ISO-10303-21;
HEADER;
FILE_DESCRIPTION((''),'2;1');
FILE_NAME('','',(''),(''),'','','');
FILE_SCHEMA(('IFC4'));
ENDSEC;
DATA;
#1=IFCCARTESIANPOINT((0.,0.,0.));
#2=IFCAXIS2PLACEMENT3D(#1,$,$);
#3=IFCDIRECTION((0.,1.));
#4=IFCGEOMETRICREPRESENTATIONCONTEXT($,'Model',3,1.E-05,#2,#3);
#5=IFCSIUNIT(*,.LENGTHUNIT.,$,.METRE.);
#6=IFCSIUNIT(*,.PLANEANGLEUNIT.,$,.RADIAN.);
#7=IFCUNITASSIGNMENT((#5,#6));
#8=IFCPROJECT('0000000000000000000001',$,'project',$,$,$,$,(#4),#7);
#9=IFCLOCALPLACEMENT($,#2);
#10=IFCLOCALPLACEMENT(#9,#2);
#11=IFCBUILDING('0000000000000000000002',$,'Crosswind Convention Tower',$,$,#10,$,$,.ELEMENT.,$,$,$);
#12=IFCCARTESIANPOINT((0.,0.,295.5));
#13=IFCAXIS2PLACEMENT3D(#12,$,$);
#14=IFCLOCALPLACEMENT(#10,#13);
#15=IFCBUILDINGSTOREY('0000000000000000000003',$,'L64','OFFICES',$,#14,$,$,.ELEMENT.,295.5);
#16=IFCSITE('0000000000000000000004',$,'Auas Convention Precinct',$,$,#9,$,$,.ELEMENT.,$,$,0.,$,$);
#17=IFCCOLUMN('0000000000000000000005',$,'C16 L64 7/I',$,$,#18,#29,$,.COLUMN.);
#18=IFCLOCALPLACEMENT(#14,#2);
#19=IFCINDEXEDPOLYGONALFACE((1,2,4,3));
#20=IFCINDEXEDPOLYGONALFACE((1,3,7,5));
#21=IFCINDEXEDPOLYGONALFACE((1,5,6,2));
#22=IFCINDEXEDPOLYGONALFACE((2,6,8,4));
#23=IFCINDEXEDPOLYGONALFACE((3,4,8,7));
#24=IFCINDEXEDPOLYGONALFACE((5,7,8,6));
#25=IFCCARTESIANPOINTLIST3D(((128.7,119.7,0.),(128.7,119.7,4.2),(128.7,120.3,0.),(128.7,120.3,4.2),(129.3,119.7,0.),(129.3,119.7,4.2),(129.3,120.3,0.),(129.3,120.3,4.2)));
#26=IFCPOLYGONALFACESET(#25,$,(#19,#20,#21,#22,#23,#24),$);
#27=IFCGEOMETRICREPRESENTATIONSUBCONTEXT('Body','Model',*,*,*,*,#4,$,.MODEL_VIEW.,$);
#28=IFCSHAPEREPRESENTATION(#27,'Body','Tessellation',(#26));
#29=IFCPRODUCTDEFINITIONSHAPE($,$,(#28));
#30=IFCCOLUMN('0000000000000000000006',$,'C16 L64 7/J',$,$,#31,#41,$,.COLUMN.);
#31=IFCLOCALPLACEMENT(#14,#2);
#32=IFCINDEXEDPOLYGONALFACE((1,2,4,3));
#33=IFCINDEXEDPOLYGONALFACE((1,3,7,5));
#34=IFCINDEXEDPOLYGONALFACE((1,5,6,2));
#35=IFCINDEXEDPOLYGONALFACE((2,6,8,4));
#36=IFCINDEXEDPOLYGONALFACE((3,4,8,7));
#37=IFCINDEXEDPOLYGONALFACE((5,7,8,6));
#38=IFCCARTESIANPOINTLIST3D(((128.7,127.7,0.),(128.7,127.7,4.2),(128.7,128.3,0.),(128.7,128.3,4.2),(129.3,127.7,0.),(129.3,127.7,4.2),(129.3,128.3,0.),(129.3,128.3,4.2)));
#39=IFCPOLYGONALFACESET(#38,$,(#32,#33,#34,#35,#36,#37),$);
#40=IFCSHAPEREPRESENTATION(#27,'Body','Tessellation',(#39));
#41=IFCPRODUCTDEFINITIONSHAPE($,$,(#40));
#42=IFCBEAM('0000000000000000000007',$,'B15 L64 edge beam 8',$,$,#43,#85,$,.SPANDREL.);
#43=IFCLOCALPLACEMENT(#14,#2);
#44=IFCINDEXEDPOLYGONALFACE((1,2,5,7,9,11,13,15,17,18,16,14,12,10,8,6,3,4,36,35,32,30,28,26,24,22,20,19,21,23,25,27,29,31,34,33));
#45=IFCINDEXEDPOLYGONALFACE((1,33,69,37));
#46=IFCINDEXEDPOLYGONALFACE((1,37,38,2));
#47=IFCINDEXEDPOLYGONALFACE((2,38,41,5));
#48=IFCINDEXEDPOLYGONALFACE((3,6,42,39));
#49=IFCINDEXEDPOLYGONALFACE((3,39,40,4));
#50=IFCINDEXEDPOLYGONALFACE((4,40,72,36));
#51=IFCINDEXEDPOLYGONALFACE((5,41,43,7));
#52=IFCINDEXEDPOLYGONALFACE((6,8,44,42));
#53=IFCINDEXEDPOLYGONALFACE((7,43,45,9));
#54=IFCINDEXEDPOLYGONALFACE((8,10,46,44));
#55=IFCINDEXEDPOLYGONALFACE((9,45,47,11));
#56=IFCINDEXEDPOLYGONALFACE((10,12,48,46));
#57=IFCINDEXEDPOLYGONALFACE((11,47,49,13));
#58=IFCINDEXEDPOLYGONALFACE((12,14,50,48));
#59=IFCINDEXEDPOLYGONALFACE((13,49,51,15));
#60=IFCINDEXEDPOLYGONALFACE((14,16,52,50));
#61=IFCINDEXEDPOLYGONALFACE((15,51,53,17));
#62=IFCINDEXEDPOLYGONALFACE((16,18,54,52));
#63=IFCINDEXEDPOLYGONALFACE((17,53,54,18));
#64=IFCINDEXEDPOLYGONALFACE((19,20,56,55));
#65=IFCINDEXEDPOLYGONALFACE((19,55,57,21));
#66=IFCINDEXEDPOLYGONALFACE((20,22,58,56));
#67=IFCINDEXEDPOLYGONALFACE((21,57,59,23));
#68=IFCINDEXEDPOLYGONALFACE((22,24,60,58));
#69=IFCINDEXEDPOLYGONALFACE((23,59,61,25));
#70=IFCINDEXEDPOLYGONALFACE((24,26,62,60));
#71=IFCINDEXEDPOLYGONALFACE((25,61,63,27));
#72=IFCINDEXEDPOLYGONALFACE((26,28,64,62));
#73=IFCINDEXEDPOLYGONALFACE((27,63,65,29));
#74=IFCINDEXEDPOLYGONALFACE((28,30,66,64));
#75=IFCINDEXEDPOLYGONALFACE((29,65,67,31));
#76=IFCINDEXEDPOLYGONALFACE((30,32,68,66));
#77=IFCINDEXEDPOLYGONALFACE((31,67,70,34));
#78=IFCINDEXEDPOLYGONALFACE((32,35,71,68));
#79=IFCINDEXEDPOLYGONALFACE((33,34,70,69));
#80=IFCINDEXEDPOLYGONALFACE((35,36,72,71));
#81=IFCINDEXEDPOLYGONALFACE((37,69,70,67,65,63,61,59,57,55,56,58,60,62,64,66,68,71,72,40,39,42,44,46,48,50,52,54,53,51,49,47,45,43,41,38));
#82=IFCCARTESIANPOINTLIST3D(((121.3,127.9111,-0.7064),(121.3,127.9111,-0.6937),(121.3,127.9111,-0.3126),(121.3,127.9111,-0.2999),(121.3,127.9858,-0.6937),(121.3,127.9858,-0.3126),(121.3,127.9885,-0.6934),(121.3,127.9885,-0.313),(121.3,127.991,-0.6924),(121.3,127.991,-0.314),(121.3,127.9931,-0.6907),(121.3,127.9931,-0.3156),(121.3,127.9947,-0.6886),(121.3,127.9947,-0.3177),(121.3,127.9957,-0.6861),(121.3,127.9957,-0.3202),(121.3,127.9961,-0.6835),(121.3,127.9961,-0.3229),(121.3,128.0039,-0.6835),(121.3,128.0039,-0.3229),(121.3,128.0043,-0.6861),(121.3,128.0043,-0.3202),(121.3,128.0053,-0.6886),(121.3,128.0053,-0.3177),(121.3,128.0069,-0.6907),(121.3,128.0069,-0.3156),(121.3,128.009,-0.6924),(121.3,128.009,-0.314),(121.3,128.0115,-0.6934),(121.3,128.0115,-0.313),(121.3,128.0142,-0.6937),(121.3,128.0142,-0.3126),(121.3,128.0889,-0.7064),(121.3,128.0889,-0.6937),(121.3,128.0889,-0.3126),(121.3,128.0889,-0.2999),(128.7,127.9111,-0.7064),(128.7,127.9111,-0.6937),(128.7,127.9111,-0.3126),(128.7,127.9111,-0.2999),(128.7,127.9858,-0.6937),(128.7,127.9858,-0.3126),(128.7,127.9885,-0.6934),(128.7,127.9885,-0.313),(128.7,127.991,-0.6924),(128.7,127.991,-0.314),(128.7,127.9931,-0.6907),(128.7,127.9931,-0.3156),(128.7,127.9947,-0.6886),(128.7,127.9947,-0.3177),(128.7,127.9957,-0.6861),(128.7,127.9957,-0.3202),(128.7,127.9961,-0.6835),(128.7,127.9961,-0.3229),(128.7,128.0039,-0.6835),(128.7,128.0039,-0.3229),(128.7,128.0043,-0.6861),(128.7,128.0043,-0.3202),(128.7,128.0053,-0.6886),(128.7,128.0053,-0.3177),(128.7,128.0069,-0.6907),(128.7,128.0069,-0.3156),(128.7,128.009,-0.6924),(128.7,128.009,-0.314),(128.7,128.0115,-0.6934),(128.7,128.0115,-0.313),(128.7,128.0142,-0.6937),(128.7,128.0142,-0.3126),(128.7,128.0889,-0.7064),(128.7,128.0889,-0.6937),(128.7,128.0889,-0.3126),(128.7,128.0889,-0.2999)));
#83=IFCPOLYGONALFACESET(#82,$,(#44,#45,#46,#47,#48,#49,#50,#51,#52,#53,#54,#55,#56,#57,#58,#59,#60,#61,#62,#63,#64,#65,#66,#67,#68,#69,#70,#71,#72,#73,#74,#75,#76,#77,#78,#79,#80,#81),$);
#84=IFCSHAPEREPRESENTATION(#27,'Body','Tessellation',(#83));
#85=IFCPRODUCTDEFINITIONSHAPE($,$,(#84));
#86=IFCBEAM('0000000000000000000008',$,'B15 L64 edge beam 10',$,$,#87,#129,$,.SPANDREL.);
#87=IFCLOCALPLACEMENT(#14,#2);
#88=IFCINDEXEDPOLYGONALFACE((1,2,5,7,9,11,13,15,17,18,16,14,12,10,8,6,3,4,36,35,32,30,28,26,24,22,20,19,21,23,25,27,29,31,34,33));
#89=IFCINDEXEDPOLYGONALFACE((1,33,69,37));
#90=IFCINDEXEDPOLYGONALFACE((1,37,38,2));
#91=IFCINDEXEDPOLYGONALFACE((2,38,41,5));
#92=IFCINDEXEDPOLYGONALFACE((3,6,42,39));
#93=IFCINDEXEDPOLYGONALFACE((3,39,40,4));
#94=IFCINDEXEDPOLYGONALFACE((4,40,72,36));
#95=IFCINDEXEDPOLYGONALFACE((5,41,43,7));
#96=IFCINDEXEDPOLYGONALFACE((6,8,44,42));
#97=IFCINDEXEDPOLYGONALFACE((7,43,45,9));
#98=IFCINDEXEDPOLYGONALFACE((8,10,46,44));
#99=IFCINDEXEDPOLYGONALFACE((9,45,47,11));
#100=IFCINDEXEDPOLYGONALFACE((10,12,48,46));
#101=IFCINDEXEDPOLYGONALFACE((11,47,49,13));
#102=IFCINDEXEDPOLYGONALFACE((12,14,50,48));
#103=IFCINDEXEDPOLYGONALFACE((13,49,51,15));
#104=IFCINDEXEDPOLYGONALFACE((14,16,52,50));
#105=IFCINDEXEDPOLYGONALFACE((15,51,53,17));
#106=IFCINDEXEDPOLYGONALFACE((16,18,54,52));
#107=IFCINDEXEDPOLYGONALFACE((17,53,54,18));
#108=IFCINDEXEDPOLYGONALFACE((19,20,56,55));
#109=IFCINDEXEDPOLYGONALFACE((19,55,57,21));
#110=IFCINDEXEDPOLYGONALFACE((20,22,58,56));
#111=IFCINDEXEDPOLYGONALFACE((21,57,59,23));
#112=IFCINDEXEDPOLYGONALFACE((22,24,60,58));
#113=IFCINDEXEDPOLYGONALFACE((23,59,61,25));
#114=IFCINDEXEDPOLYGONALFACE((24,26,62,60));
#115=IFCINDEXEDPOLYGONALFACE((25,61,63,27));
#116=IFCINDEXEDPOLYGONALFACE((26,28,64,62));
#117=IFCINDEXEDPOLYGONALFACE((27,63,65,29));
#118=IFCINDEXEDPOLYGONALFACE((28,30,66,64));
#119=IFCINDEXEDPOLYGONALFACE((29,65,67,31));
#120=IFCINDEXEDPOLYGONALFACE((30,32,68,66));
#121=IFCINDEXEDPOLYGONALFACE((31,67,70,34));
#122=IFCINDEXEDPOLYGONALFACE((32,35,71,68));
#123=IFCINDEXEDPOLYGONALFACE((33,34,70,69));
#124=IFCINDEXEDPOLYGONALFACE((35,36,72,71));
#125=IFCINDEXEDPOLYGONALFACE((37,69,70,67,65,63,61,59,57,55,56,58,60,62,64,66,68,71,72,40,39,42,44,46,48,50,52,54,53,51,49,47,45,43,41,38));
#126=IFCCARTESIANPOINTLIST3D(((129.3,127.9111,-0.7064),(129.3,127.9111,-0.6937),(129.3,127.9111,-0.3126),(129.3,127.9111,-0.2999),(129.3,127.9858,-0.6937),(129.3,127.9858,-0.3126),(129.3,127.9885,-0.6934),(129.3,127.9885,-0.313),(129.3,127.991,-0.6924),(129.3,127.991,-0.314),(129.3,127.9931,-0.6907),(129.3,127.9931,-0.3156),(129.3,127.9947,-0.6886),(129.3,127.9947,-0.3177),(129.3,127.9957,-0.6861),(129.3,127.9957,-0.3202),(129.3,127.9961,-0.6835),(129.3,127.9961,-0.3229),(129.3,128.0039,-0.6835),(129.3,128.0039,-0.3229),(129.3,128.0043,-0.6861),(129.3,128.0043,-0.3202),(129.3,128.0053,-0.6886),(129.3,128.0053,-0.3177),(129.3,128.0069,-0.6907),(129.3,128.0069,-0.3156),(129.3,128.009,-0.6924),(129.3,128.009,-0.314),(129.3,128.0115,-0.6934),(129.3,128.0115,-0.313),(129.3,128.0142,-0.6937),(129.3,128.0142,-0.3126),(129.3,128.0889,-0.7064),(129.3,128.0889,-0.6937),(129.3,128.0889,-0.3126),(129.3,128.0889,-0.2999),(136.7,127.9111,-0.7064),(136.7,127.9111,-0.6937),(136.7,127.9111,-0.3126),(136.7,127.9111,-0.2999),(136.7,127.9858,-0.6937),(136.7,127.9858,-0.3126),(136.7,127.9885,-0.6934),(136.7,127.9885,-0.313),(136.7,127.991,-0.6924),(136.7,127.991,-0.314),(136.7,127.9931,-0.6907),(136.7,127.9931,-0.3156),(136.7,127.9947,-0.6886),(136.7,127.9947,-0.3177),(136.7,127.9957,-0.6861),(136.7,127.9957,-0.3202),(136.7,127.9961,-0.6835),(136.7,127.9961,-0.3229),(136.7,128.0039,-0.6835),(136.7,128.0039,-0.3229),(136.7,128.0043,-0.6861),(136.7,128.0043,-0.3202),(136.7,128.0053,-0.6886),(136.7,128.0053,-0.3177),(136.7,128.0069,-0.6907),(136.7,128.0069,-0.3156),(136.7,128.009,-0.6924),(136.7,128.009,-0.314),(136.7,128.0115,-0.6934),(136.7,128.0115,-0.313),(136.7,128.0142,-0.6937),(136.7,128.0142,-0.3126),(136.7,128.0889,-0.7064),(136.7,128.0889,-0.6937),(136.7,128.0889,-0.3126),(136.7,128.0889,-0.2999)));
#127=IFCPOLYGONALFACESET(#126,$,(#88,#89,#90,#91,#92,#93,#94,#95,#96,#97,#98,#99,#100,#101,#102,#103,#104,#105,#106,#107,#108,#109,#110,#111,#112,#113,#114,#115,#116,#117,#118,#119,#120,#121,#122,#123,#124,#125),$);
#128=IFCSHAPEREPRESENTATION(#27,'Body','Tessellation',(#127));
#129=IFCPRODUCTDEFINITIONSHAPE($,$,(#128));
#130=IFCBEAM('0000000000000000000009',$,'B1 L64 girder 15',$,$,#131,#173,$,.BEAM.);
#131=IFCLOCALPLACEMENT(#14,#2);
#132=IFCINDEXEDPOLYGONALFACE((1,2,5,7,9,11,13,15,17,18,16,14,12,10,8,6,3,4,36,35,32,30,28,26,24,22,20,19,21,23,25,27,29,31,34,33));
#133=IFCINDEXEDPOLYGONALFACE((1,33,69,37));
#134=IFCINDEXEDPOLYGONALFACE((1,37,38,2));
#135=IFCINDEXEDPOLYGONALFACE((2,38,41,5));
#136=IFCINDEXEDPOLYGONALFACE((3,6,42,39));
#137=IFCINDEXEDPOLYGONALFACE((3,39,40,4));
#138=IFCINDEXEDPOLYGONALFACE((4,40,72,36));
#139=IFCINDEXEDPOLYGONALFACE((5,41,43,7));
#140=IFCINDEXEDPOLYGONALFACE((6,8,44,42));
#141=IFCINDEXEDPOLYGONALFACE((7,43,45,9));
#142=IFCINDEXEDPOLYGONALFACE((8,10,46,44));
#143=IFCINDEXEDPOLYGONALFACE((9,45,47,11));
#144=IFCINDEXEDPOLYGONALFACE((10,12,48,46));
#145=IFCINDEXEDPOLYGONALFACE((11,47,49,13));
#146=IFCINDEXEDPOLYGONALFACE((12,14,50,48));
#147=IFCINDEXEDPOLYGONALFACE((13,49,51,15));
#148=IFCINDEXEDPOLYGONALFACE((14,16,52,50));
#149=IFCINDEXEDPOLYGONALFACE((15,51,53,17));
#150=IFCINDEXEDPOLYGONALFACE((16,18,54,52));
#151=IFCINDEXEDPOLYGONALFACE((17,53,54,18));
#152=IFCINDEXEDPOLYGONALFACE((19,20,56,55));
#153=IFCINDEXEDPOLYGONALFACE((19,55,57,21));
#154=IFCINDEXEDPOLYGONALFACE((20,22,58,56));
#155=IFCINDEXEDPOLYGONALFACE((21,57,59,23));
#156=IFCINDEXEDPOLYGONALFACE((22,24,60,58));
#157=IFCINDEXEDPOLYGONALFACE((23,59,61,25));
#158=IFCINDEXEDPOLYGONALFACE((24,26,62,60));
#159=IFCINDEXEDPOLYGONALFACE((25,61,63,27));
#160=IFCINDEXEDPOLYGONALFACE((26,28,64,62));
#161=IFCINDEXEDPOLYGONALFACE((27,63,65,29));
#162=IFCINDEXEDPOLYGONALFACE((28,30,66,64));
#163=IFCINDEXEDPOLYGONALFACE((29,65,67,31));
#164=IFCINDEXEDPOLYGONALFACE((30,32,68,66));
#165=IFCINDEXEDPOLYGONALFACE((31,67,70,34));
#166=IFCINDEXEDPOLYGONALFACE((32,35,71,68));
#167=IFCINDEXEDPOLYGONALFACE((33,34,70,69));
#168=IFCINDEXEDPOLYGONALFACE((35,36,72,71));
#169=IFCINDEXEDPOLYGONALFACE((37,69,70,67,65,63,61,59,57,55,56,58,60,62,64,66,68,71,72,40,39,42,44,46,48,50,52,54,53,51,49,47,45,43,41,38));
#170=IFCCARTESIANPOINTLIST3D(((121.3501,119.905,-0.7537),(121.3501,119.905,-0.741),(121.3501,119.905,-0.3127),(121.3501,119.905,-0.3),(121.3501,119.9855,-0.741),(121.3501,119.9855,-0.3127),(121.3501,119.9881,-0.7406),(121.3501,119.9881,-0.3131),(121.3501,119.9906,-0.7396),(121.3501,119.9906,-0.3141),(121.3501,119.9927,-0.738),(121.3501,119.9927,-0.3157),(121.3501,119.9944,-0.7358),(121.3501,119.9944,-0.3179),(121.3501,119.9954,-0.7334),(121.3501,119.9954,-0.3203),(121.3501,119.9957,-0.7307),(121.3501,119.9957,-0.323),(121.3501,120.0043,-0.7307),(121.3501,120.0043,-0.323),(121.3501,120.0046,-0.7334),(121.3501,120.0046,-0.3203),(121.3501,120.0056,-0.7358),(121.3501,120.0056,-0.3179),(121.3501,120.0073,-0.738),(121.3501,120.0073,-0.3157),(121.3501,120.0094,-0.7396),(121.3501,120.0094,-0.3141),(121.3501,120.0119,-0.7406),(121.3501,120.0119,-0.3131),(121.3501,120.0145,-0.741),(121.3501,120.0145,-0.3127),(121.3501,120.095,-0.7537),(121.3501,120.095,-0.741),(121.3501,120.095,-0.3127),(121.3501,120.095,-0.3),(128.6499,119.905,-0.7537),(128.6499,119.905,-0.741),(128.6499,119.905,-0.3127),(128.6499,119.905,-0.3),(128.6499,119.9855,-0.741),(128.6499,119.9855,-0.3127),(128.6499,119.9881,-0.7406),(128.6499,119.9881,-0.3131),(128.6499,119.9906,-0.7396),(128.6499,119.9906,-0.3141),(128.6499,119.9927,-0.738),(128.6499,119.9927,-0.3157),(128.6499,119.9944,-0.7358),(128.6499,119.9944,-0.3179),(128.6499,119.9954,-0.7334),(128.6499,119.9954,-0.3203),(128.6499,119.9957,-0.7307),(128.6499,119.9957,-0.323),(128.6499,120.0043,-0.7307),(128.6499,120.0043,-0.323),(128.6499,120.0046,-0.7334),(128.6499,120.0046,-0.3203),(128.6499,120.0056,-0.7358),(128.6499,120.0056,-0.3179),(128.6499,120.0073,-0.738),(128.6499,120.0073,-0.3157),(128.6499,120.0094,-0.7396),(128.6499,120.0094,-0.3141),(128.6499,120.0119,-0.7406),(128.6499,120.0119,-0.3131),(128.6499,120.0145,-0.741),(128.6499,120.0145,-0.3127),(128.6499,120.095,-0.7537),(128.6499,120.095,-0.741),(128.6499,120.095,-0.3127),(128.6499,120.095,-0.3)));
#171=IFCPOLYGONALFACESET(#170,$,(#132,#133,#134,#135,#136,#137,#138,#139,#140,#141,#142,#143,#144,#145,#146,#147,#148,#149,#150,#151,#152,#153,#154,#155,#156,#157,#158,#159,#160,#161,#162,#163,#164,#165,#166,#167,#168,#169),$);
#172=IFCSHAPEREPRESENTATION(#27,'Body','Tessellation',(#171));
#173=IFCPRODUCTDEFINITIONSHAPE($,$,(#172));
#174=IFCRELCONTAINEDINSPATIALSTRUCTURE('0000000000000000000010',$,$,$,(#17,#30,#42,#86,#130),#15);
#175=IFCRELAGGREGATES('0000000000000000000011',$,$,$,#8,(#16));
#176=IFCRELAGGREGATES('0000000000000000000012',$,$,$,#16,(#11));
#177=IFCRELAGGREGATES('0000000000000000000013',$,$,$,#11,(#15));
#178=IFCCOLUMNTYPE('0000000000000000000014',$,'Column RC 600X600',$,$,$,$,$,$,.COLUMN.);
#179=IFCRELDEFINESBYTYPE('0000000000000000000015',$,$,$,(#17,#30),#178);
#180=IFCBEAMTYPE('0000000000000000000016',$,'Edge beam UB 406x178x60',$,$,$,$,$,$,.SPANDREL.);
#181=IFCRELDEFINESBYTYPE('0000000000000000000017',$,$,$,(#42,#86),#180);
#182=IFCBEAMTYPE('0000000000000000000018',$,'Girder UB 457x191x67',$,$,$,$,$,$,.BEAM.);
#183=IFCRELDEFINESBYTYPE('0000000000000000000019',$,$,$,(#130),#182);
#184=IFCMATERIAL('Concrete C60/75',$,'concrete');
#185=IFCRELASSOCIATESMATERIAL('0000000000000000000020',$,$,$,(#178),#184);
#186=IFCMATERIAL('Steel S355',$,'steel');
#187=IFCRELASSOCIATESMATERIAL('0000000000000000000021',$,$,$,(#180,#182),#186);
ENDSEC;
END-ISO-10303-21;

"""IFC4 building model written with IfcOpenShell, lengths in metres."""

from ifc_helpers import new_model, si_unit, direction, frame, origin, origin_2d, place, context, subcontext, project, spatial, rectangle, i_section, extrude, material, material_profile, profile_set, type_object, element, save


model = new_model("IFC4")

# Units and contexts
model_context = context("Model", 3, precision=1e-05, world=origin(), true_north=direction((0.0, 1.0)))
body_context = subcontext(model_context, "Body", "Model", "MODEL_VIEW")
ifc_project = project(units=[si_unit("LENGTHUNIT", "METRE"), si_unit("PLANEANGLEUNIT", "RADIAN")], contexts=[model_context])

# Site, building, storey
site_placement = place(None, origin())
site = spatial("IfcSite", under=ifc_project, at=site_placement, Name="Auas Convention Precinct", CompositionType="ELEMENT", RefElevation=0.0)
building_placement = place(site_placement, origin())
building = spatial("IfcBuilding", under=site, at=building_placement, Name="Crosswind Convention Tower", CompositionType="ELEMENT")
storey_placement = place(building_placement, frame((0.0, 0.0, 295.5)))
storey = spatial("IfcBuildingStorey", under=building, at=storey_placement, Name="L64", Description="OFFICES", CompositionType="ELEMENT", Elevation=295.5)

# Columns
ifc_material_1 = material(Name="Concrete C60/75", Category="concrete")
ifc_material_profile_1 = material_profile(ifc_material_1, rectangle(XDim=0.6001, YDim=0.6001, at=origin_2d()), Name="RC 600X600")
ifc_profile_set_1 = profile_set([ifc_material_profile_1], Name="Concrete C60/75")
column_type = type_object("IfcColumnType", Name="Column RC 600X600", PredefinedType="COLUMN", material=ifc_profile_set_1)
for number, where, z_axis, x_axis, name in (
    (1, (129.0, 120.0, 0.0), (0.0, 0.0, 1.0), (1.0, 0.0, 0.0), "C16 L64 7/I"),
    (2, (129.0, 128.0, 0.0), (0.0, 0.0, 1.0), (1.0, 0.0, 0.0), "C16 L64 7/J"),
):
    element("IfcColumn", number, at=place(storey_placement, frame(where, z_axis=z_axis, x_axis=x_axis)), inside=storey, type_object=column_type, Name=name, PredefinedType="COLUMN", context=body_context, shape_type="SweptSolid", body=[
        extrude(rectangle(XDim=0.6001, YDim=0.6001, at=origin_2d()), origin(), (0.0, 0.0, 1.0), 4.2),
    ])

# Beams
ifc_material_2 = material(Name="Steel S355", Category="steel")
ifc_material_profile_2 = material_profile(ifc_material_2, i_section(OverallWidth=0.1777, OverallDepth=0.4065, WebThickness=0.0078, FlangeThickness=0.0127, FilletRadius=0.0103, at=origin_2d()), Name="UB 406x178x60")
ifc_profile_set_2 = profile_set([ifc_material_profile_2], Name="Steel S355")
beam_type_1 = type_object("IfcBeamType", Name="Edge beam UB 406x178x60", PredefinedType="SPANDREL", material=ifc_profile_set_2)
for number, where, z_axis, x_axis, name in (
    (3, (121.3, 128.0, -0.5032), (1.0, 0.0, 0.0), (0.0, 1.0, 0.0), "B15 L64 edge beam 8"),
    (4, (129.3, 128.0, -0.5032), (1.0, 0.0, 0.0), (0.0, 1.0, 0.0), "B15 L64 edge beam 10"),
):
    element("IfcBeam", number, at=place(storey_placement, frame(where, z_axis=z_axis, x_axis=x_axis)), inside=storey, type_object=beam_type_1, Name=name, PredefinedType="SPANDREL", context=body_context, shape_type="SweptSolid", body=[
        extrude(i_section(OverallWidth=0.1777, OverallDepth=0.4065, WebThickness=0.0078, FlangeThickness=0.0127, FilletRadius=0.0103, at=origin_2d()), origin(), (0.0, 0.0, 1.0), 7.3999),
    ])
ifc_material_profile_3 = material_profile(ifc_material_2, i_section(OverallWidth=0.1899, OverallDepth=0.4536, WebThickness=0.0085, FlangeThickness=0.0127, FilletRadius=0.0103, at=origin_2d()), Name="UB 457x191x67")
ifc_profile_set_3 = profile_set([ifc_material_profile_3], Name="Steel S355")
beam_type_2 = type_object("IfcBeamType", Name="Girder UB 457x191x67", PredefinedType="BEAM", material=ifc_profile_set_3)
for number, where, z_axis, x_axis, name in (
    (5, (121.3501, 120.0, -0.5269), (1.0, 0.0, 0.0), (0.0, 1.0, 0.0), "B1 L64 girder 15"),
):
    element("IfcBeam", number, at=place(storey_placement, frame(where, z_axis=z_axis, x_axis=x_axis)), inside=storey, type_object=beam_type_2, Name=name, PredefinedType="BEAM", context=body_context, shape_type="SweptSolid", body=[
        extrude(i_section(OverallWidth=0.1899, OverallDepth=0.4536, WebThickness=0.0085, FlangeThickness=0.0127, FilletRadius=0.0103, at=origin_2d()), origin(), (0.0, 0.0, 1.0), 7.2998),
    ])

save(model, "model.ifc")
